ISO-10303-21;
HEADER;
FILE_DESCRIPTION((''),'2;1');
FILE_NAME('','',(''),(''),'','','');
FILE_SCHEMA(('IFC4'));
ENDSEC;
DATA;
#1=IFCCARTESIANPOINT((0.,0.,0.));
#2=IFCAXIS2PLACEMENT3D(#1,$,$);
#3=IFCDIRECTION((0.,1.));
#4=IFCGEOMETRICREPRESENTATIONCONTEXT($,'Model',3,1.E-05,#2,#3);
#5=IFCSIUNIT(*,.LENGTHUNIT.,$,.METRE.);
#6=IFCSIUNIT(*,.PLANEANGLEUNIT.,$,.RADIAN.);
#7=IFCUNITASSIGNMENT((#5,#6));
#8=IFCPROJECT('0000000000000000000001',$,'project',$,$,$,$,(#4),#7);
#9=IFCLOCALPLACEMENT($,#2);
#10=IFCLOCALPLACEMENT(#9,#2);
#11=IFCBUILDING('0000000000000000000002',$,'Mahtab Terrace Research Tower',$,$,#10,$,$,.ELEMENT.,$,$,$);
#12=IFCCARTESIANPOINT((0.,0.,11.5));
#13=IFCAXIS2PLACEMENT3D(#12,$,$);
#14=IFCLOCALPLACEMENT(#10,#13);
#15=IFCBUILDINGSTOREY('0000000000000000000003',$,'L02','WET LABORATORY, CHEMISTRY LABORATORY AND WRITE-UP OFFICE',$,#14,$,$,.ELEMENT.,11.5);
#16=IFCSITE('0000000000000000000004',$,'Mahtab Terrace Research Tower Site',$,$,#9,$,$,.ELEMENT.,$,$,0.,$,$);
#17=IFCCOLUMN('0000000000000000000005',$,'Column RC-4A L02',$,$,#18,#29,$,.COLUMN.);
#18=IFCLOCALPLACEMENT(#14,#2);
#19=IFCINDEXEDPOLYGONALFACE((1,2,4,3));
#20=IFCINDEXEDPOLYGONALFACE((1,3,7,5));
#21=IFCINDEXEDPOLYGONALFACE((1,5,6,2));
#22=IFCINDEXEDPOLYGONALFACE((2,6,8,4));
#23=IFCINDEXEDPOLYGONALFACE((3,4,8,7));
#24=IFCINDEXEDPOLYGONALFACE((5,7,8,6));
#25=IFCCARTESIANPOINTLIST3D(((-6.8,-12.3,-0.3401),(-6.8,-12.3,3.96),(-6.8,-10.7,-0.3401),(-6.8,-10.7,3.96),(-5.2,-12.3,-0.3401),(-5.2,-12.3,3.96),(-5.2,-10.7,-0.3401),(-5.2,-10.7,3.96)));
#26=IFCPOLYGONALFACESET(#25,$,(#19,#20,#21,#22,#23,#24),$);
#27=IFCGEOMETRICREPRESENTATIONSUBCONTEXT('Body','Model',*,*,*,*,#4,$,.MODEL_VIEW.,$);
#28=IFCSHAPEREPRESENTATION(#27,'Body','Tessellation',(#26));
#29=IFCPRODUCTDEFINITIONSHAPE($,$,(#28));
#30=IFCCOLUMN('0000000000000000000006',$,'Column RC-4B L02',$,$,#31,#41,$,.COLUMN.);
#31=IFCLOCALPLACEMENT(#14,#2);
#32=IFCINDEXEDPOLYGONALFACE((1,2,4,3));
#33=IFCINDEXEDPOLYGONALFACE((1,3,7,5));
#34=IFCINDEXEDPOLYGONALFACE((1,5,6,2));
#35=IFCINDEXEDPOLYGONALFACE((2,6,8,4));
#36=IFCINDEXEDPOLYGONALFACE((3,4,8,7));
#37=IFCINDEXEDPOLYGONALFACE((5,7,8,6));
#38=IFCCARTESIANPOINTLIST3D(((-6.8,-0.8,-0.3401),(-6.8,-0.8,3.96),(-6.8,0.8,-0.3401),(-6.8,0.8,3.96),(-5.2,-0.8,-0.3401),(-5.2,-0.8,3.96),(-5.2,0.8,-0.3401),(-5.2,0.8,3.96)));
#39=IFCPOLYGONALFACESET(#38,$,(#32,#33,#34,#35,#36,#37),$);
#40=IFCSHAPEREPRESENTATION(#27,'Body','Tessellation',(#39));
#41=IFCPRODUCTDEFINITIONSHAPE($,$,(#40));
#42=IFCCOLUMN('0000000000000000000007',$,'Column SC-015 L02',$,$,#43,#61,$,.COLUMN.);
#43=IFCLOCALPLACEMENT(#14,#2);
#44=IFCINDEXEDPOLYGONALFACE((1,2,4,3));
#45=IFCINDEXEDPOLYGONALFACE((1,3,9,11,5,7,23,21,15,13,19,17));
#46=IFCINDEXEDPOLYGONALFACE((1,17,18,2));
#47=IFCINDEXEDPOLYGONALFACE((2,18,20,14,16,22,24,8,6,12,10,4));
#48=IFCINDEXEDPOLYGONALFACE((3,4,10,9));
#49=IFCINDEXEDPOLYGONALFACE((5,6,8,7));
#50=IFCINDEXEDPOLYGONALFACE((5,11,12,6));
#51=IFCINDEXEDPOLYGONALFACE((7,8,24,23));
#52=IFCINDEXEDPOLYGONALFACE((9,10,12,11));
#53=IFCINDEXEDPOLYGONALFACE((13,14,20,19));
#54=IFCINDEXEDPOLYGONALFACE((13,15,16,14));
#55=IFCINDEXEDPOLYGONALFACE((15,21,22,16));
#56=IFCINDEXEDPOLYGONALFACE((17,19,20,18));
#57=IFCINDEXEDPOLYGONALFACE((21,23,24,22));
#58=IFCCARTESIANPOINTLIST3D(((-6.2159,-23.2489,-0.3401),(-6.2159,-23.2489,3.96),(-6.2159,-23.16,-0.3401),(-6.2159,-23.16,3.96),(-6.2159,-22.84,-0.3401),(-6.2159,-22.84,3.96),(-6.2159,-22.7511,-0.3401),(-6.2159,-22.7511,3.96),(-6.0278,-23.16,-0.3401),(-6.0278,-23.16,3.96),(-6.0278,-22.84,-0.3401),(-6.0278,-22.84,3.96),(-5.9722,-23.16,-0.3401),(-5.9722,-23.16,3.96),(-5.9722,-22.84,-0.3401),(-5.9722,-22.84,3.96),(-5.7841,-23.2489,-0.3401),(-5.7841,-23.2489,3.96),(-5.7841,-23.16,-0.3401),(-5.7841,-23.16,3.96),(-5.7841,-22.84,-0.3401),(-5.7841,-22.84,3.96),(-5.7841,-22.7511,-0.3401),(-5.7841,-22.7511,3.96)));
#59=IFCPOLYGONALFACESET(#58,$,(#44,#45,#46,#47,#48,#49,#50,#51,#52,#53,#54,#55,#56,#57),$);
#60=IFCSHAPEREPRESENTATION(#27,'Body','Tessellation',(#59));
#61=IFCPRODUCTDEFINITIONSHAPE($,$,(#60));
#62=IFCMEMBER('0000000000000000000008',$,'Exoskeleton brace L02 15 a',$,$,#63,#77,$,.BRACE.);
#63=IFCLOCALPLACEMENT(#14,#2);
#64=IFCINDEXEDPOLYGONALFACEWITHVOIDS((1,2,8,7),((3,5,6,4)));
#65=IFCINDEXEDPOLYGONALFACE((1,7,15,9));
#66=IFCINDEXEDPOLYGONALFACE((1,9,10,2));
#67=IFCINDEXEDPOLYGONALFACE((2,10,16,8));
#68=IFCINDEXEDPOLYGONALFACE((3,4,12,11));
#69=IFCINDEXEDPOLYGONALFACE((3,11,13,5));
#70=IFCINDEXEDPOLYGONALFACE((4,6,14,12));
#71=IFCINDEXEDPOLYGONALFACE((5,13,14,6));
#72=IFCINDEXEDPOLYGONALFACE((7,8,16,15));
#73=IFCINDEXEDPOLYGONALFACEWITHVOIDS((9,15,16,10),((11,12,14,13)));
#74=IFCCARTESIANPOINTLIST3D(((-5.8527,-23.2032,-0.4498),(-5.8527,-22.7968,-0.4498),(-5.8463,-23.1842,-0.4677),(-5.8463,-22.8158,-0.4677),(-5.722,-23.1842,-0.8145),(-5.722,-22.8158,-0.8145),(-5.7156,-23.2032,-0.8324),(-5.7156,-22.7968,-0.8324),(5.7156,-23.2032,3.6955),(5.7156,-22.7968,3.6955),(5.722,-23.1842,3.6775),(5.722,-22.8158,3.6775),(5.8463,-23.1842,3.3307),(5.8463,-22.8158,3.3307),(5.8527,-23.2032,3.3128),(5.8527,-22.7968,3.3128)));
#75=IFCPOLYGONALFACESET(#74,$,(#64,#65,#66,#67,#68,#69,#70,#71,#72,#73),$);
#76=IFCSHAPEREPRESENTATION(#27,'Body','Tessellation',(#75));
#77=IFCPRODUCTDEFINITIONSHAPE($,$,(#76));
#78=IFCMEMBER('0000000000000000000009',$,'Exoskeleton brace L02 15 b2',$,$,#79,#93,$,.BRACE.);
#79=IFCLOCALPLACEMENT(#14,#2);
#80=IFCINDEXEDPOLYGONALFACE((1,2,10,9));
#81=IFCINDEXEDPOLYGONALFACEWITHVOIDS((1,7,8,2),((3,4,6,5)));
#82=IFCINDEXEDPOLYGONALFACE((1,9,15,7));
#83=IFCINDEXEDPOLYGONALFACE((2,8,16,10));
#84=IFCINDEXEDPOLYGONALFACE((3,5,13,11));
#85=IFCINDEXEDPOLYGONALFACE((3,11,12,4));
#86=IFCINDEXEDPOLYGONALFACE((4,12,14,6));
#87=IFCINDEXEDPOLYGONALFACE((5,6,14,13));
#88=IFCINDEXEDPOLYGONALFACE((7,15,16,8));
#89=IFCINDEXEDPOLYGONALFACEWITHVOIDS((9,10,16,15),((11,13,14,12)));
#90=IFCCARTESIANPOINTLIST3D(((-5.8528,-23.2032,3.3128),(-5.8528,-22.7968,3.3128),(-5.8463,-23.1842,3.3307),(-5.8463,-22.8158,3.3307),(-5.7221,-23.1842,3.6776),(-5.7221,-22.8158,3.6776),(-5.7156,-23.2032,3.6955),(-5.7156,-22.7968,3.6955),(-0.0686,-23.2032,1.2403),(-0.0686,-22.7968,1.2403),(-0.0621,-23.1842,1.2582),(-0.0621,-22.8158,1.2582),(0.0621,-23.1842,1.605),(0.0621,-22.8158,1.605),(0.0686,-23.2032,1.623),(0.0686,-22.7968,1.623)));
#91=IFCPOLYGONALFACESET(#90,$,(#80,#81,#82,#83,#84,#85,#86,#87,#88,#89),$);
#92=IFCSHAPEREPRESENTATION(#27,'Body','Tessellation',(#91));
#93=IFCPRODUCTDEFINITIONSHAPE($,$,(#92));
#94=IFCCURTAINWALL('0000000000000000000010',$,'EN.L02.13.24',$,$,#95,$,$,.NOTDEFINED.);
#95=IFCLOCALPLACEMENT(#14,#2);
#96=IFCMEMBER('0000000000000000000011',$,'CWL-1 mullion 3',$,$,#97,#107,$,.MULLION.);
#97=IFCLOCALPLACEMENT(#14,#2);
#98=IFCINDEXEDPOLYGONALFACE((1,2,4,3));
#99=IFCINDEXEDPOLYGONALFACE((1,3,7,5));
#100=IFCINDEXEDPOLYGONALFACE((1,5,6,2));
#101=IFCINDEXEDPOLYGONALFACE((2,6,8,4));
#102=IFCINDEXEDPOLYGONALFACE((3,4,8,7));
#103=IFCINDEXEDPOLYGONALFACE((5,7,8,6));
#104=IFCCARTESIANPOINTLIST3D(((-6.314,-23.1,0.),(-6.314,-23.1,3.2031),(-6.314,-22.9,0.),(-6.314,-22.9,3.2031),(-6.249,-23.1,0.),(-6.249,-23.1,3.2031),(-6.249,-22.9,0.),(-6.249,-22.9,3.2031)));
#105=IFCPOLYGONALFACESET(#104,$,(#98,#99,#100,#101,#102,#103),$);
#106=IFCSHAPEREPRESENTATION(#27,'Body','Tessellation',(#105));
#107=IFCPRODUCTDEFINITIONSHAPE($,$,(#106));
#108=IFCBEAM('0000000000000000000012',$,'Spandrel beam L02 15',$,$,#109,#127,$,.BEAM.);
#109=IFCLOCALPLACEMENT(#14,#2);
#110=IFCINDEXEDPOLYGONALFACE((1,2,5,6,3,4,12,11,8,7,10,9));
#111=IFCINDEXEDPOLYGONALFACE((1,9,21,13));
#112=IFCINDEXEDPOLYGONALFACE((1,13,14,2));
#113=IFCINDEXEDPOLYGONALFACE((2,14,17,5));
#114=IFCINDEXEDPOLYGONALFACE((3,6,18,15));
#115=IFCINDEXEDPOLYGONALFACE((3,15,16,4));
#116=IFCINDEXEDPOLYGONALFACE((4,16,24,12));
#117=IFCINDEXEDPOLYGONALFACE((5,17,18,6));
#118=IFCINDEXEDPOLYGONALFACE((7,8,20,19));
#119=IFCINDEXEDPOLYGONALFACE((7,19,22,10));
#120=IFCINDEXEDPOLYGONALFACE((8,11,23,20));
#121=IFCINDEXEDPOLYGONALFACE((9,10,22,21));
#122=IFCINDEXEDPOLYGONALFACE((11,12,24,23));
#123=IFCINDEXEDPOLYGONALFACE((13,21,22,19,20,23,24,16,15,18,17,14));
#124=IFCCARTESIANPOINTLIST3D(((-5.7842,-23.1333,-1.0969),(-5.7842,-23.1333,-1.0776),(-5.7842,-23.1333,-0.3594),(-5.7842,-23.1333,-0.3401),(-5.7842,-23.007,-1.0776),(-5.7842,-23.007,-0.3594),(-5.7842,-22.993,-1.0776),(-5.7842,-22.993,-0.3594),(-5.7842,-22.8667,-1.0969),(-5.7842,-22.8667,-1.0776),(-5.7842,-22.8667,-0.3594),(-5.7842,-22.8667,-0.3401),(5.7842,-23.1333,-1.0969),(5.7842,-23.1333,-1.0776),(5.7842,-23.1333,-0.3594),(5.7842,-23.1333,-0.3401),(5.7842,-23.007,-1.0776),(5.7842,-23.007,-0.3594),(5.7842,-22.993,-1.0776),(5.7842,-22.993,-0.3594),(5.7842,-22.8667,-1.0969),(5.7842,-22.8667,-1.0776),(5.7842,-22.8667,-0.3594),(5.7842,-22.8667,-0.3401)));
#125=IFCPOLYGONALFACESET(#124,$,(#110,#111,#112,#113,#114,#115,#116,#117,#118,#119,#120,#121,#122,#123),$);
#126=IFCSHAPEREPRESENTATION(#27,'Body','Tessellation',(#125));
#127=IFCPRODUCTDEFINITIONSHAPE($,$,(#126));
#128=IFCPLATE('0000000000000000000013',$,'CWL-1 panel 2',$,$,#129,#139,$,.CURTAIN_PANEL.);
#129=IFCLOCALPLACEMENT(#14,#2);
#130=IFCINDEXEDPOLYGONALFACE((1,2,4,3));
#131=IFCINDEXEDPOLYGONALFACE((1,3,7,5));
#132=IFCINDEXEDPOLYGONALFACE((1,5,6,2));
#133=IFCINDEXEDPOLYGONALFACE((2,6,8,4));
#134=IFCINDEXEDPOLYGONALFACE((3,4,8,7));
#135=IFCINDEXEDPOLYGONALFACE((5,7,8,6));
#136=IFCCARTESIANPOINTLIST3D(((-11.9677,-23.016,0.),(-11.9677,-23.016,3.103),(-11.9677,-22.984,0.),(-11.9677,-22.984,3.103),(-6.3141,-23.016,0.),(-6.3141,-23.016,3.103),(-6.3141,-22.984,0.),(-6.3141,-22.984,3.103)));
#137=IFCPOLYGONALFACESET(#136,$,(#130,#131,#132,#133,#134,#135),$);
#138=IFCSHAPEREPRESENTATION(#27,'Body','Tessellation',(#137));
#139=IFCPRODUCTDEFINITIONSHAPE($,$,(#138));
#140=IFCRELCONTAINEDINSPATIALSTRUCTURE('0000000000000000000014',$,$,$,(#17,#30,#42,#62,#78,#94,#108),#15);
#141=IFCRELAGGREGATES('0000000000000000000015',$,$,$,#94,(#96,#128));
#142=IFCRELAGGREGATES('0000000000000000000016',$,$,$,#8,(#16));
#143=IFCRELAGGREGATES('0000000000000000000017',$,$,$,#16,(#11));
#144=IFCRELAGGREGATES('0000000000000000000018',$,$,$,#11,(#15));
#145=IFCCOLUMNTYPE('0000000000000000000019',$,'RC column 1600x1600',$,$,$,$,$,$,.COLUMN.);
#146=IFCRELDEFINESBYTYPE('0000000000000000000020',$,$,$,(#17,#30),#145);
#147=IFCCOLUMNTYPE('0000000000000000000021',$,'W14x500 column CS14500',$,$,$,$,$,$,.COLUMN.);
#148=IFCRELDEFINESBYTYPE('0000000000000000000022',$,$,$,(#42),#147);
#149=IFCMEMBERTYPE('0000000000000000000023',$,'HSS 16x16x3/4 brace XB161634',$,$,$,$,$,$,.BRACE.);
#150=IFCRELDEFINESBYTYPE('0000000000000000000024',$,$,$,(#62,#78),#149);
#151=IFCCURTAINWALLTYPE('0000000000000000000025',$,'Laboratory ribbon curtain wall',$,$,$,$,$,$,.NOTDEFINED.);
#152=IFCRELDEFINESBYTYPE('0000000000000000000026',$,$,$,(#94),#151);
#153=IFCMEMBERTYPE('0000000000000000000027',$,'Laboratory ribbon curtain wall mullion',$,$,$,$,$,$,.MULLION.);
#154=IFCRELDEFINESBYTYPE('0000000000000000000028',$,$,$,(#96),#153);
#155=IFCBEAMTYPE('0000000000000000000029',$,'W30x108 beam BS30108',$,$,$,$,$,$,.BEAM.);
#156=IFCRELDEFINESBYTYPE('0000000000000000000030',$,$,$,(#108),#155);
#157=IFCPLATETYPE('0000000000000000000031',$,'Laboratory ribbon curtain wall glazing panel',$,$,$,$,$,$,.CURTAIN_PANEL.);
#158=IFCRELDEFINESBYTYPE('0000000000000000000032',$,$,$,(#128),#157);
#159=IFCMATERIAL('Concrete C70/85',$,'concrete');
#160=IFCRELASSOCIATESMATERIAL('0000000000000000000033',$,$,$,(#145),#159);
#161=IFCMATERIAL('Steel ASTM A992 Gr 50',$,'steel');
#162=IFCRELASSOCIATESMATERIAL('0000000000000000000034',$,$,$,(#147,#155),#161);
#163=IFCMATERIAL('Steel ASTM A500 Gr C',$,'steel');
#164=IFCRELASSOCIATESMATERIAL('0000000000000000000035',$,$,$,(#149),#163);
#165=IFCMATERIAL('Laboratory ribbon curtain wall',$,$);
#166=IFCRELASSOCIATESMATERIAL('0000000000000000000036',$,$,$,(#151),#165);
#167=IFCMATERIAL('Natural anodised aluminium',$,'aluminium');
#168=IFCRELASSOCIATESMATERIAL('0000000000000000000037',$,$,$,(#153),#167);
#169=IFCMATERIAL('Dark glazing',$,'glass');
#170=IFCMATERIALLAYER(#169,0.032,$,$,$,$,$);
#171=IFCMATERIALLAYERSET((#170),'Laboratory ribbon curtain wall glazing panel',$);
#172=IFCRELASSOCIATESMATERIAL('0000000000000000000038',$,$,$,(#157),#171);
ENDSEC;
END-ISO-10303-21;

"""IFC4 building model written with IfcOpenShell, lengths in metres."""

from ifc_helpers import new_model, si_unit, direction, frame, origin, origin_2d, place, context, subcontext, project, spatial, rectangle, hollow_rectangle, i_section, extrude, material, layer, layer_set, material_profile, profile_set, type_object, element, aggregate, save


model = new_model("IFC4")

# Units and contexts
model_context = context("Model", 3, precision=1e-05, world=origin(), true_north=direction((0.0, 1.0)))
body_context = subcontext(model_context, "Body", "Model", "MODEL_VIEW")
ifc_project = project(units=[si_unit("LENGTHUNIT", "METRE"), si_unit("PLANEANGLEUNIT", "RADIAN")], contexts=[model_context])

# Site, building, storey
site_placement = place(None, origin())
site = spatial("IfcSite", under=ifc_project, at=site_placement, Name="Mahtab Terrace Research Tower Site", CompositionType="ELEMENT", RefElevation=0.0)
building_placement = place(site_placement, origin())
building = spatial("IfcBuilding", under=site, at=building_placement, Name="Mahtab Terrace Research Tower", CompositionType="ELEMENT")
storey_placement = place(building_placement, frame((0.0, 0.0, 11.5)))
storey = spatial("IfcBuildingStorey", under=building, at=storey_placement, Name="L02", Description="WET LABORATORY, CHEMISTRY LABORATORY AND WRITE-UP OFFICE", CompositionType="ELEMENT", Elevation=11.5)

# Columns
ifc_material_1 = material(Name="Concrete C70/85", Category="concrete")
ifc_material_profile_1 = material_profile(ifc_material_1, rectangle(XDim=1.6001, YDim=1.6001, at=origin_2d()), Name="RC column 1600x1600")
ifc_profile_set_1 = profile_set([ifc_material_profile_1], Name="Concrete C70/85")
column_type_1 = type_object("IfcColumnType", Name="RC column 1600x1600", PredefinedType="COLUMN", material=ifc_profile_set_1)
for number, where, z_axis, x_axis, name in (
    (1, (-6.0, -11.5, -0.3401), (0.0, 0.0, 1.0), (1.0, 0.0, 0.0), "Column RC-4A L02"),
    (2, (-6.0, 0.0, -0.3401), (0.0, 0.0, 1.0), (1.0, 0.0, 0.0), "Column RC-4B L02"),
):
    element("IfcColumn", number, at=place(storey_placement, frame(where, z_axis=z_axis, x_axis=x_axis)), inside=storey, type_object=column_type_1, Name=name, PredefinedType="COLUMN", context=body_context, shape_type="SweptSolid", body=[
        extrude(rectangle(XDim=1.6001, YDim=1.6001, at=origin_2d()), origin(), (0.0, 0.0, 1.0), 4.3),
    ])
ifc_material_2 = material(Name="Steel ASTM A992 Gr 50", Category="steel")
ifc_material_profile_2 = material_profile(ifc_material_2, i_section(OverallWidth=0.4319, OverallDepth=0.4978, WebThickness=0.0557, FlangeThickness=0.0889, at=origin_2d()), Name="W14X500")
ifc_profile_set_2 = profile_set([ifc_material_profile_2], Name="Steel ASTM A992 Gr 50")
column_type_2 = type_object("IfcColumnType", Name="W14x500 column CS14500", PredefinedType="COLUMN", material=ifc_profile_set_2)
column_placement = place(storey_placement, frame((-6.0, -23.0, -0.3401), z_axis=(0.0, 0.0, 1.0), x_axis=(1.0, 0.0, 0.0)))
element("IfcColumn", 3, at=column_placement, inside=storey, type_object=column_type_2, Name="Column SC-015 L02", PredefinedType="COLUMN", context=body_context, shape_type="SweptSolid", body=[
    extrude(i_section(OverallWidth=0.4319, OverallDepth=0.4978, WebThickness=0.0557, FlangeThickness=0.0889, at=origin_2d()), origin(), (0.0, 0.0, 1.0), 4.3),
])

# Members
ifc_material_3 = material(Name="Steel ASTM A500 Gr C", Category="steel")
ifc_material_profile_3 = material_profile(ifc_material_3, hollow_rectangle(XDim=0.4065, YDim=0.4065, WallThickness=0.019, at=origin_2d()), Name="HSS16X16X3/4")
ifc_profile_set_3 = profile_set([ifc_material_profile_3], Name="Steel ASTM A500 Gr C")
member_type_1 = type_object("IfcMemberType", Name="HSS 16x16x3/4 brace XB161634", PredefinedType="BRACE", material=ifc_profile_set_3)
member_1_placement = place(storey_placement, frame((-5.7842, -23.0, -0.6411), z_axis=(0.941388, 0.0, 0.337325), x_axis=(0.0, 1.0, 0.0)))
element("IfcMember", 4, at=member_1_placement, inside=storey, type_object=member_type_1, Name="Exoskeleton brace L02 15 a", PredefinedType="BRACE", context=body_context, shape_type="SweptSolid", body=[
    extrude(hollow_rectangle(XDim=0.4065, YDim=0.4065, WallThickness=0.019, at=origin_2d()), origin(), (0.0, 0.0, 1.0), 12.2886),
])
member_2_placement = place(storey_placement, frame((0.0, -23.0, 1.4316), z_axis=(-0.941394, 0.0, 0.337308), x_axis=(0.0, -1.0, 0.0)))
element("IfcMember", 5, at=member_2_placement, inside=storey, type_object=member_type_1, Name="Exoskeleton brace L02 15 b2", PredefinedType="BRACE", context=body_context, shape_type="SweptSolid", body=[
    extrude(hollow_rectangle(XDim=0.4065, YDim=0.4065, WallThickness=0.019, at=origin_2d()), origin(), (0.0, 0.0, 1.0), 6.1443),
])

# Curtain wall, member
ifc_material_4 = material(Name="Laboratory ribbon curtain wall")
curtain_wall_type = type_object("IfcCurtainWallType", Name="Laboratory ribbon curtain wall", PredefinedType="NOTDEFINED", material=ifc_material_4)
curtain_wall_placement = place(storey_placement, origin())
curtain_wall = element("IfcCurtainWall", 6, at=curtain_wall_placement, inside=storey, type_object=curtain_wall_type, Name="EN.L02.13.24", PredefinedType="NOTDEFINED")
ifc_material_5 = material(Name="Natural anodised aluminium", Category="aluminium")
ifc_material_profile_4 = material_profile(ifc_material_5, rectangle(XDim=0.2, YDim=0.0649, at=origin_2d()), Name="MULLION 65x200")
ifc_profile_set_4 = profile_set([ifc_material_profile_4], Name="Natural anodised aluminium")
member_type_2 = type_object("IfcMemberType", Name="Laboratory ribbon curtain wall mullion", PredefinedType="MULLION", material=ifc_profile_set_4)
member_3_placement = place(storey_placement, frame((-6.2815, -23.0, 0.0), z_axis=(0.0, 0.0, 1.0), x_axis=(0.0, 1.0, 0.0)))
member_3 = element("IfcMember", 7, at=member_3_placement, type_object=member_type_2, Name="CWL-1 mullion 3", PredefinedType="MULLION", context=body_context, shape_type="SweptSolid", body=[
    extrude(rectangle(XDim=0.2, YDim=0.0649, at=origin_2d()), origin(), (0.0, 0.0, 1.0), 3.2031),
])

# Beam
ifc_material_profile_5 = material_profile(ifc_material_2, i_section(OverallWidth=0.2666, OverallDepth=0.7568, WebThickness=0.0139, FlangeThickness=0.0193, at=origin_2d()), Name="W30X108")
ifc_profile_set_5 = profile_set([ifc_material_profile_5], Name="Steel ASTM A992 Gr 50")
beam_type = type_object("IfcBeamType", Name="W30x108 beam BS30108", PredefinedType="BEAM", material=ifc_profile_set_5)
beam_placement = place(storey_placement, frame((-5.7842, -23.0, -0.7185), z_axis=(1.0, 0.0, 0.0), x_axis=(0.0, 1.0, 0.0)))
element("IfcBeam", 8, at=beam_placement, inside=storey, type_object=beam_type, Name="Spandrel beam L02 15", PredefinedType="BEAM", context=body_context, shape_type="SweptSolid", body=[
    extrude(i_section(OverallWidth=0.2666, OverallDepth=0.7568, WebThickness=0.0139, FlangeThickness=0.0193, at=origin_2d()), origin(), (0.0, 0.0, 1.0), 11.5684),
])

# Plate
ifc_material_6 = material(Name="Dark glazing", Category="glass")
ifc_layer_1 = layer(ifc_material_6, 0.032)
ifc_layer_set_1 = layer_set([ifc_layer_1], Name="Laboratory ribbon curtain wall glazing panel")
plate_type = type_object("IfcPlateType", Name="Laboratory ribbon curtain wall glazing panel", PredefinedType="CURTAIN_PANEL", material=ifc_layer_set_1)
plate_placement = place(storey_placement, frame((-9.1409, -23.0, 0.0), z_axis=(0.0, 0.0, 1.0), x_axis=(1.0, 0.0, 0.0)))
plate = element("IfcPlate", 9, at=plate_placement, type_object=plate_type, Name="CWL-1 panel 2", PredefinedType="CURTAIN_PANEL", context=body_context, shape_type="SweptSolid", body=[
    extrude(rectangle(XDim=5.6536, YDim=0.032, at=origin_2d()), origin(), (0.0, 0.0, 1.0), 3.103),
])
aggregate(curtain_wall, [member_3, plate])

save(model, "model.ifc")
